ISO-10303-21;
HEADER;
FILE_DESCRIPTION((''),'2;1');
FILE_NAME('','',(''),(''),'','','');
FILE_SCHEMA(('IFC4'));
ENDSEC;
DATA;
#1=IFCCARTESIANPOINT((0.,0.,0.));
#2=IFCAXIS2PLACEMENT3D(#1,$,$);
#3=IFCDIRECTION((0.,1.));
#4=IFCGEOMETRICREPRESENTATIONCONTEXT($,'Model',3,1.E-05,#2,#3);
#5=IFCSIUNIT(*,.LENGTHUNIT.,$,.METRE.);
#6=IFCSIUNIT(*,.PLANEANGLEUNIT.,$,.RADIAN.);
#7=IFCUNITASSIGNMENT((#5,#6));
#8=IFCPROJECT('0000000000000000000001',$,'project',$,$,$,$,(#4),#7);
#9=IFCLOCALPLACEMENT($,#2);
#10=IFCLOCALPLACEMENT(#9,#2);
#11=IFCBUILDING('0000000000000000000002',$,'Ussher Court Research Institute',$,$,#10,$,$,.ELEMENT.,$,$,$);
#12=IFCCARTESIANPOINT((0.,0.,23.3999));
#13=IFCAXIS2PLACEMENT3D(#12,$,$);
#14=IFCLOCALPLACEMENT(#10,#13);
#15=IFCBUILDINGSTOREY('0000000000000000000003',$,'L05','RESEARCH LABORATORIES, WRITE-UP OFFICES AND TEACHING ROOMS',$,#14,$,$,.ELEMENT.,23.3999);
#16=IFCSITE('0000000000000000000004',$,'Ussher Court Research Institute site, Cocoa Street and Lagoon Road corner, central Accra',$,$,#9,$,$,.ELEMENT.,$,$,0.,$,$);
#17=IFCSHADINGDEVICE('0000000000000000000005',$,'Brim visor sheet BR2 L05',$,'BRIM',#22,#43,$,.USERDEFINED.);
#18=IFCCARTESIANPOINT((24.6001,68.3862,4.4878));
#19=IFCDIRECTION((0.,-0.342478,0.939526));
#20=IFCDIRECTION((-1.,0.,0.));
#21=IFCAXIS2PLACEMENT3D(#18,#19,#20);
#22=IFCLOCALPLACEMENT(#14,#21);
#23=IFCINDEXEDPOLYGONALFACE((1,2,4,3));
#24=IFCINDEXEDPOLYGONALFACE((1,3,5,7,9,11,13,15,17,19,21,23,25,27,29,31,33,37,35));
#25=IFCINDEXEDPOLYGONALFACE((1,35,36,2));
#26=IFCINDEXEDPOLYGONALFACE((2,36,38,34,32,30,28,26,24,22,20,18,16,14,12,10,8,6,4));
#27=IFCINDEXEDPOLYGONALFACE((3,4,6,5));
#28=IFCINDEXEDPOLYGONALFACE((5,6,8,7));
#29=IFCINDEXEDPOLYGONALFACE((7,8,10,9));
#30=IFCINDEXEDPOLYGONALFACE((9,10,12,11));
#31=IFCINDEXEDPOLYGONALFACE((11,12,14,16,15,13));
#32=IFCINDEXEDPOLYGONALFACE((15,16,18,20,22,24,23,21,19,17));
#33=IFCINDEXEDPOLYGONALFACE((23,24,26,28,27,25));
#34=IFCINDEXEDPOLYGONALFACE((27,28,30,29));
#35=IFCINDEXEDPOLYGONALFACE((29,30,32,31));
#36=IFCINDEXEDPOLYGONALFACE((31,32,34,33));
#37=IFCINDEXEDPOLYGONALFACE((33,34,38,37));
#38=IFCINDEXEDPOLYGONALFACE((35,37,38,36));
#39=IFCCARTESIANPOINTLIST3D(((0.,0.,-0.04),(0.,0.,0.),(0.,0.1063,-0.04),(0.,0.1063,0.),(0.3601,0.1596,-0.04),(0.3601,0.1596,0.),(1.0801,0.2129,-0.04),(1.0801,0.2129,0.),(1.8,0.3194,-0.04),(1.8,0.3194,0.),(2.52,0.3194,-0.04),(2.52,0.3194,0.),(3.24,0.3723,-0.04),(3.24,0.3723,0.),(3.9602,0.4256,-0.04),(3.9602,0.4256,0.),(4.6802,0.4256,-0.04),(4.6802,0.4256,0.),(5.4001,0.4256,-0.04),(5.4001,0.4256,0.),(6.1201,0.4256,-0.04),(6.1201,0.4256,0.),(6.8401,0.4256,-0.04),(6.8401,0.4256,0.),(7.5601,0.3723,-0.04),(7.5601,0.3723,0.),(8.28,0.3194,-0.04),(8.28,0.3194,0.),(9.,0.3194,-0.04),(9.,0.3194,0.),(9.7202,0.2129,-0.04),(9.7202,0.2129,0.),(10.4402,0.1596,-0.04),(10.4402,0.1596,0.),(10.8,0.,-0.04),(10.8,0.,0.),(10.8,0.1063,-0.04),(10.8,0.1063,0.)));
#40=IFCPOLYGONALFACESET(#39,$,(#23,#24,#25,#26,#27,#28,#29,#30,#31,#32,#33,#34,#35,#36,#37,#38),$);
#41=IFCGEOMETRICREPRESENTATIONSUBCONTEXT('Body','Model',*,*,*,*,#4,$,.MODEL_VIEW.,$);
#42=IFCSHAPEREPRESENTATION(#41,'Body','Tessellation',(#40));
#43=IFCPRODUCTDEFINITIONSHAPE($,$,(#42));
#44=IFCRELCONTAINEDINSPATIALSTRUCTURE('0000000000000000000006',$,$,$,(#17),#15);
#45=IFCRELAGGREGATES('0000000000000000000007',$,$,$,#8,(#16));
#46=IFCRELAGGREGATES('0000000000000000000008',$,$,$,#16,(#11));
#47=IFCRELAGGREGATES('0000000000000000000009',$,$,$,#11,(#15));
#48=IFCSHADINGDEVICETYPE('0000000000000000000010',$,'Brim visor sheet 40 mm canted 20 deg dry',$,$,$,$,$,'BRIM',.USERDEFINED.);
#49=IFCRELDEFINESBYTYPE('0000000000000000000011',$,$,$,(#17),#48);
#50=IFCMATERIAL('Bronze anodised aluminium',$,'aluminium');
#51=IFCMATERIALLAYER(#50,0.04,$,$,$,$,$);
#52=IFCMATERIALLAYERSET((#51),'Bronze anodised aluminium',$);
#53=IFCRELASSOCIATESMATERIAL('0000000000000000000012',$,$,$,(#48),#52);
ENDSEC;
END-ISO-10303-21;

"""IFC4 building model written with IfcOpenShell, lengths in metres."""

from ifc_helpers import new_model, si_unit, direction, frame, origin, place, context, subcontext, project, spatial, polyline, outline, extrude, material, layer, layer_set, type_object, element, save


model = new_model("IFC4")

# Units and contexts
model_context = context("Model", 3, precision=1e-05, world=origin(), true_north=direction((0.0, 1.0)))
body_context = subcontext(model_context, "Body", "Model", "MODEL_VIEW")
ifc_project = project(units=[si_unit("LENGTHUNIT", "METRE"), si_unit("PLANEANGLEUNIT", "RADIAN")], contexts=[model_context])

# Site, building, storey
site_placement = place(None, origin())
site = spatial("IfcSite", under=ifc_project, at=site_placement, Name="Ussher Court Research Institute site, Cocoa Street and Lagoon Road corner, central Accra", CompositionType="ELEMENT", RefElevation=0.0)
building_placement = place(site_placement, origin())
building = spatial("IfcBuilding", under=site, at=building_placement, Name="Ussher Court Research Institute", CompositionType="ELEMENT")
storey_placement = place(building_placement, frame((0.0, 0.0, 23.3999)))
storey = spatial("IfcBuildingStorey", under=building, at=storey_placement, Name="L05", Description="RESEARCH LABORATORIES, WRITE-UP OFFICES AND TEACHING ROOMS", CompositionType="ELEMENT", Elevation=23.3999)

# Shading device
ifc_material_1 = material(Name="Bronze anodised aluminium", Category="aluminium")
ifc_layer_1 = layer(ifc_material_1, 0.04)
ifc_layer_set_1 = layer_set([ifc_layer_1], Name="Bronze anodised aluminium")
shading_device_type_1 = type_object("IfcShadingDeviceType", Name="Brim visor sheet 40 mm canted 20 deg dry", ElementType="BRIM", PredefinedType="USERDEFINED", material=ifc_layer_set_1)
shading_device_1_placement = place(storey_placement, frame((24.6001, 68.3862, 4.4878), z_axis=(0.0, -0.342478, 0.939526), x_axis=(-1.0, 0.0, 0.0)))
element("IfcShadingDevice", 1, at=shading_device_1_placement, inside=storey, type_object=shading_device_type_1, Name="Brim visor sheet BR2 L05", ObjectType="BRIM", PredefinedType="USERDEFINED", context=body_context, shape_type="SweptSolid", body=[
    extrude(outline(polyline([(0.0, 0.0), (10.8, 0.0), (10.8, 0.1063), (10.4402, 0.1596), (9.7202, 0.2129), (9.0, 0.3194), (8.28, 0.3194), (7.5601, 0.3723), (6.8401, 0.4256), (6.1201, 0.4256), (5.4001, 0.4256), (4.6802, 0.4256), (3.9602, 0.4256), (3.24, 0.3723), (2.52, 0.3194), (1.8, 0.3194), (1.0801, 0.2129), (0.3601, 0.1596), (0.0, 0.1063), (0.0, 0.0)])), origin(), (0.0, 0.0, -1.0), 0.04),
])

save(model, "model.ifc")
